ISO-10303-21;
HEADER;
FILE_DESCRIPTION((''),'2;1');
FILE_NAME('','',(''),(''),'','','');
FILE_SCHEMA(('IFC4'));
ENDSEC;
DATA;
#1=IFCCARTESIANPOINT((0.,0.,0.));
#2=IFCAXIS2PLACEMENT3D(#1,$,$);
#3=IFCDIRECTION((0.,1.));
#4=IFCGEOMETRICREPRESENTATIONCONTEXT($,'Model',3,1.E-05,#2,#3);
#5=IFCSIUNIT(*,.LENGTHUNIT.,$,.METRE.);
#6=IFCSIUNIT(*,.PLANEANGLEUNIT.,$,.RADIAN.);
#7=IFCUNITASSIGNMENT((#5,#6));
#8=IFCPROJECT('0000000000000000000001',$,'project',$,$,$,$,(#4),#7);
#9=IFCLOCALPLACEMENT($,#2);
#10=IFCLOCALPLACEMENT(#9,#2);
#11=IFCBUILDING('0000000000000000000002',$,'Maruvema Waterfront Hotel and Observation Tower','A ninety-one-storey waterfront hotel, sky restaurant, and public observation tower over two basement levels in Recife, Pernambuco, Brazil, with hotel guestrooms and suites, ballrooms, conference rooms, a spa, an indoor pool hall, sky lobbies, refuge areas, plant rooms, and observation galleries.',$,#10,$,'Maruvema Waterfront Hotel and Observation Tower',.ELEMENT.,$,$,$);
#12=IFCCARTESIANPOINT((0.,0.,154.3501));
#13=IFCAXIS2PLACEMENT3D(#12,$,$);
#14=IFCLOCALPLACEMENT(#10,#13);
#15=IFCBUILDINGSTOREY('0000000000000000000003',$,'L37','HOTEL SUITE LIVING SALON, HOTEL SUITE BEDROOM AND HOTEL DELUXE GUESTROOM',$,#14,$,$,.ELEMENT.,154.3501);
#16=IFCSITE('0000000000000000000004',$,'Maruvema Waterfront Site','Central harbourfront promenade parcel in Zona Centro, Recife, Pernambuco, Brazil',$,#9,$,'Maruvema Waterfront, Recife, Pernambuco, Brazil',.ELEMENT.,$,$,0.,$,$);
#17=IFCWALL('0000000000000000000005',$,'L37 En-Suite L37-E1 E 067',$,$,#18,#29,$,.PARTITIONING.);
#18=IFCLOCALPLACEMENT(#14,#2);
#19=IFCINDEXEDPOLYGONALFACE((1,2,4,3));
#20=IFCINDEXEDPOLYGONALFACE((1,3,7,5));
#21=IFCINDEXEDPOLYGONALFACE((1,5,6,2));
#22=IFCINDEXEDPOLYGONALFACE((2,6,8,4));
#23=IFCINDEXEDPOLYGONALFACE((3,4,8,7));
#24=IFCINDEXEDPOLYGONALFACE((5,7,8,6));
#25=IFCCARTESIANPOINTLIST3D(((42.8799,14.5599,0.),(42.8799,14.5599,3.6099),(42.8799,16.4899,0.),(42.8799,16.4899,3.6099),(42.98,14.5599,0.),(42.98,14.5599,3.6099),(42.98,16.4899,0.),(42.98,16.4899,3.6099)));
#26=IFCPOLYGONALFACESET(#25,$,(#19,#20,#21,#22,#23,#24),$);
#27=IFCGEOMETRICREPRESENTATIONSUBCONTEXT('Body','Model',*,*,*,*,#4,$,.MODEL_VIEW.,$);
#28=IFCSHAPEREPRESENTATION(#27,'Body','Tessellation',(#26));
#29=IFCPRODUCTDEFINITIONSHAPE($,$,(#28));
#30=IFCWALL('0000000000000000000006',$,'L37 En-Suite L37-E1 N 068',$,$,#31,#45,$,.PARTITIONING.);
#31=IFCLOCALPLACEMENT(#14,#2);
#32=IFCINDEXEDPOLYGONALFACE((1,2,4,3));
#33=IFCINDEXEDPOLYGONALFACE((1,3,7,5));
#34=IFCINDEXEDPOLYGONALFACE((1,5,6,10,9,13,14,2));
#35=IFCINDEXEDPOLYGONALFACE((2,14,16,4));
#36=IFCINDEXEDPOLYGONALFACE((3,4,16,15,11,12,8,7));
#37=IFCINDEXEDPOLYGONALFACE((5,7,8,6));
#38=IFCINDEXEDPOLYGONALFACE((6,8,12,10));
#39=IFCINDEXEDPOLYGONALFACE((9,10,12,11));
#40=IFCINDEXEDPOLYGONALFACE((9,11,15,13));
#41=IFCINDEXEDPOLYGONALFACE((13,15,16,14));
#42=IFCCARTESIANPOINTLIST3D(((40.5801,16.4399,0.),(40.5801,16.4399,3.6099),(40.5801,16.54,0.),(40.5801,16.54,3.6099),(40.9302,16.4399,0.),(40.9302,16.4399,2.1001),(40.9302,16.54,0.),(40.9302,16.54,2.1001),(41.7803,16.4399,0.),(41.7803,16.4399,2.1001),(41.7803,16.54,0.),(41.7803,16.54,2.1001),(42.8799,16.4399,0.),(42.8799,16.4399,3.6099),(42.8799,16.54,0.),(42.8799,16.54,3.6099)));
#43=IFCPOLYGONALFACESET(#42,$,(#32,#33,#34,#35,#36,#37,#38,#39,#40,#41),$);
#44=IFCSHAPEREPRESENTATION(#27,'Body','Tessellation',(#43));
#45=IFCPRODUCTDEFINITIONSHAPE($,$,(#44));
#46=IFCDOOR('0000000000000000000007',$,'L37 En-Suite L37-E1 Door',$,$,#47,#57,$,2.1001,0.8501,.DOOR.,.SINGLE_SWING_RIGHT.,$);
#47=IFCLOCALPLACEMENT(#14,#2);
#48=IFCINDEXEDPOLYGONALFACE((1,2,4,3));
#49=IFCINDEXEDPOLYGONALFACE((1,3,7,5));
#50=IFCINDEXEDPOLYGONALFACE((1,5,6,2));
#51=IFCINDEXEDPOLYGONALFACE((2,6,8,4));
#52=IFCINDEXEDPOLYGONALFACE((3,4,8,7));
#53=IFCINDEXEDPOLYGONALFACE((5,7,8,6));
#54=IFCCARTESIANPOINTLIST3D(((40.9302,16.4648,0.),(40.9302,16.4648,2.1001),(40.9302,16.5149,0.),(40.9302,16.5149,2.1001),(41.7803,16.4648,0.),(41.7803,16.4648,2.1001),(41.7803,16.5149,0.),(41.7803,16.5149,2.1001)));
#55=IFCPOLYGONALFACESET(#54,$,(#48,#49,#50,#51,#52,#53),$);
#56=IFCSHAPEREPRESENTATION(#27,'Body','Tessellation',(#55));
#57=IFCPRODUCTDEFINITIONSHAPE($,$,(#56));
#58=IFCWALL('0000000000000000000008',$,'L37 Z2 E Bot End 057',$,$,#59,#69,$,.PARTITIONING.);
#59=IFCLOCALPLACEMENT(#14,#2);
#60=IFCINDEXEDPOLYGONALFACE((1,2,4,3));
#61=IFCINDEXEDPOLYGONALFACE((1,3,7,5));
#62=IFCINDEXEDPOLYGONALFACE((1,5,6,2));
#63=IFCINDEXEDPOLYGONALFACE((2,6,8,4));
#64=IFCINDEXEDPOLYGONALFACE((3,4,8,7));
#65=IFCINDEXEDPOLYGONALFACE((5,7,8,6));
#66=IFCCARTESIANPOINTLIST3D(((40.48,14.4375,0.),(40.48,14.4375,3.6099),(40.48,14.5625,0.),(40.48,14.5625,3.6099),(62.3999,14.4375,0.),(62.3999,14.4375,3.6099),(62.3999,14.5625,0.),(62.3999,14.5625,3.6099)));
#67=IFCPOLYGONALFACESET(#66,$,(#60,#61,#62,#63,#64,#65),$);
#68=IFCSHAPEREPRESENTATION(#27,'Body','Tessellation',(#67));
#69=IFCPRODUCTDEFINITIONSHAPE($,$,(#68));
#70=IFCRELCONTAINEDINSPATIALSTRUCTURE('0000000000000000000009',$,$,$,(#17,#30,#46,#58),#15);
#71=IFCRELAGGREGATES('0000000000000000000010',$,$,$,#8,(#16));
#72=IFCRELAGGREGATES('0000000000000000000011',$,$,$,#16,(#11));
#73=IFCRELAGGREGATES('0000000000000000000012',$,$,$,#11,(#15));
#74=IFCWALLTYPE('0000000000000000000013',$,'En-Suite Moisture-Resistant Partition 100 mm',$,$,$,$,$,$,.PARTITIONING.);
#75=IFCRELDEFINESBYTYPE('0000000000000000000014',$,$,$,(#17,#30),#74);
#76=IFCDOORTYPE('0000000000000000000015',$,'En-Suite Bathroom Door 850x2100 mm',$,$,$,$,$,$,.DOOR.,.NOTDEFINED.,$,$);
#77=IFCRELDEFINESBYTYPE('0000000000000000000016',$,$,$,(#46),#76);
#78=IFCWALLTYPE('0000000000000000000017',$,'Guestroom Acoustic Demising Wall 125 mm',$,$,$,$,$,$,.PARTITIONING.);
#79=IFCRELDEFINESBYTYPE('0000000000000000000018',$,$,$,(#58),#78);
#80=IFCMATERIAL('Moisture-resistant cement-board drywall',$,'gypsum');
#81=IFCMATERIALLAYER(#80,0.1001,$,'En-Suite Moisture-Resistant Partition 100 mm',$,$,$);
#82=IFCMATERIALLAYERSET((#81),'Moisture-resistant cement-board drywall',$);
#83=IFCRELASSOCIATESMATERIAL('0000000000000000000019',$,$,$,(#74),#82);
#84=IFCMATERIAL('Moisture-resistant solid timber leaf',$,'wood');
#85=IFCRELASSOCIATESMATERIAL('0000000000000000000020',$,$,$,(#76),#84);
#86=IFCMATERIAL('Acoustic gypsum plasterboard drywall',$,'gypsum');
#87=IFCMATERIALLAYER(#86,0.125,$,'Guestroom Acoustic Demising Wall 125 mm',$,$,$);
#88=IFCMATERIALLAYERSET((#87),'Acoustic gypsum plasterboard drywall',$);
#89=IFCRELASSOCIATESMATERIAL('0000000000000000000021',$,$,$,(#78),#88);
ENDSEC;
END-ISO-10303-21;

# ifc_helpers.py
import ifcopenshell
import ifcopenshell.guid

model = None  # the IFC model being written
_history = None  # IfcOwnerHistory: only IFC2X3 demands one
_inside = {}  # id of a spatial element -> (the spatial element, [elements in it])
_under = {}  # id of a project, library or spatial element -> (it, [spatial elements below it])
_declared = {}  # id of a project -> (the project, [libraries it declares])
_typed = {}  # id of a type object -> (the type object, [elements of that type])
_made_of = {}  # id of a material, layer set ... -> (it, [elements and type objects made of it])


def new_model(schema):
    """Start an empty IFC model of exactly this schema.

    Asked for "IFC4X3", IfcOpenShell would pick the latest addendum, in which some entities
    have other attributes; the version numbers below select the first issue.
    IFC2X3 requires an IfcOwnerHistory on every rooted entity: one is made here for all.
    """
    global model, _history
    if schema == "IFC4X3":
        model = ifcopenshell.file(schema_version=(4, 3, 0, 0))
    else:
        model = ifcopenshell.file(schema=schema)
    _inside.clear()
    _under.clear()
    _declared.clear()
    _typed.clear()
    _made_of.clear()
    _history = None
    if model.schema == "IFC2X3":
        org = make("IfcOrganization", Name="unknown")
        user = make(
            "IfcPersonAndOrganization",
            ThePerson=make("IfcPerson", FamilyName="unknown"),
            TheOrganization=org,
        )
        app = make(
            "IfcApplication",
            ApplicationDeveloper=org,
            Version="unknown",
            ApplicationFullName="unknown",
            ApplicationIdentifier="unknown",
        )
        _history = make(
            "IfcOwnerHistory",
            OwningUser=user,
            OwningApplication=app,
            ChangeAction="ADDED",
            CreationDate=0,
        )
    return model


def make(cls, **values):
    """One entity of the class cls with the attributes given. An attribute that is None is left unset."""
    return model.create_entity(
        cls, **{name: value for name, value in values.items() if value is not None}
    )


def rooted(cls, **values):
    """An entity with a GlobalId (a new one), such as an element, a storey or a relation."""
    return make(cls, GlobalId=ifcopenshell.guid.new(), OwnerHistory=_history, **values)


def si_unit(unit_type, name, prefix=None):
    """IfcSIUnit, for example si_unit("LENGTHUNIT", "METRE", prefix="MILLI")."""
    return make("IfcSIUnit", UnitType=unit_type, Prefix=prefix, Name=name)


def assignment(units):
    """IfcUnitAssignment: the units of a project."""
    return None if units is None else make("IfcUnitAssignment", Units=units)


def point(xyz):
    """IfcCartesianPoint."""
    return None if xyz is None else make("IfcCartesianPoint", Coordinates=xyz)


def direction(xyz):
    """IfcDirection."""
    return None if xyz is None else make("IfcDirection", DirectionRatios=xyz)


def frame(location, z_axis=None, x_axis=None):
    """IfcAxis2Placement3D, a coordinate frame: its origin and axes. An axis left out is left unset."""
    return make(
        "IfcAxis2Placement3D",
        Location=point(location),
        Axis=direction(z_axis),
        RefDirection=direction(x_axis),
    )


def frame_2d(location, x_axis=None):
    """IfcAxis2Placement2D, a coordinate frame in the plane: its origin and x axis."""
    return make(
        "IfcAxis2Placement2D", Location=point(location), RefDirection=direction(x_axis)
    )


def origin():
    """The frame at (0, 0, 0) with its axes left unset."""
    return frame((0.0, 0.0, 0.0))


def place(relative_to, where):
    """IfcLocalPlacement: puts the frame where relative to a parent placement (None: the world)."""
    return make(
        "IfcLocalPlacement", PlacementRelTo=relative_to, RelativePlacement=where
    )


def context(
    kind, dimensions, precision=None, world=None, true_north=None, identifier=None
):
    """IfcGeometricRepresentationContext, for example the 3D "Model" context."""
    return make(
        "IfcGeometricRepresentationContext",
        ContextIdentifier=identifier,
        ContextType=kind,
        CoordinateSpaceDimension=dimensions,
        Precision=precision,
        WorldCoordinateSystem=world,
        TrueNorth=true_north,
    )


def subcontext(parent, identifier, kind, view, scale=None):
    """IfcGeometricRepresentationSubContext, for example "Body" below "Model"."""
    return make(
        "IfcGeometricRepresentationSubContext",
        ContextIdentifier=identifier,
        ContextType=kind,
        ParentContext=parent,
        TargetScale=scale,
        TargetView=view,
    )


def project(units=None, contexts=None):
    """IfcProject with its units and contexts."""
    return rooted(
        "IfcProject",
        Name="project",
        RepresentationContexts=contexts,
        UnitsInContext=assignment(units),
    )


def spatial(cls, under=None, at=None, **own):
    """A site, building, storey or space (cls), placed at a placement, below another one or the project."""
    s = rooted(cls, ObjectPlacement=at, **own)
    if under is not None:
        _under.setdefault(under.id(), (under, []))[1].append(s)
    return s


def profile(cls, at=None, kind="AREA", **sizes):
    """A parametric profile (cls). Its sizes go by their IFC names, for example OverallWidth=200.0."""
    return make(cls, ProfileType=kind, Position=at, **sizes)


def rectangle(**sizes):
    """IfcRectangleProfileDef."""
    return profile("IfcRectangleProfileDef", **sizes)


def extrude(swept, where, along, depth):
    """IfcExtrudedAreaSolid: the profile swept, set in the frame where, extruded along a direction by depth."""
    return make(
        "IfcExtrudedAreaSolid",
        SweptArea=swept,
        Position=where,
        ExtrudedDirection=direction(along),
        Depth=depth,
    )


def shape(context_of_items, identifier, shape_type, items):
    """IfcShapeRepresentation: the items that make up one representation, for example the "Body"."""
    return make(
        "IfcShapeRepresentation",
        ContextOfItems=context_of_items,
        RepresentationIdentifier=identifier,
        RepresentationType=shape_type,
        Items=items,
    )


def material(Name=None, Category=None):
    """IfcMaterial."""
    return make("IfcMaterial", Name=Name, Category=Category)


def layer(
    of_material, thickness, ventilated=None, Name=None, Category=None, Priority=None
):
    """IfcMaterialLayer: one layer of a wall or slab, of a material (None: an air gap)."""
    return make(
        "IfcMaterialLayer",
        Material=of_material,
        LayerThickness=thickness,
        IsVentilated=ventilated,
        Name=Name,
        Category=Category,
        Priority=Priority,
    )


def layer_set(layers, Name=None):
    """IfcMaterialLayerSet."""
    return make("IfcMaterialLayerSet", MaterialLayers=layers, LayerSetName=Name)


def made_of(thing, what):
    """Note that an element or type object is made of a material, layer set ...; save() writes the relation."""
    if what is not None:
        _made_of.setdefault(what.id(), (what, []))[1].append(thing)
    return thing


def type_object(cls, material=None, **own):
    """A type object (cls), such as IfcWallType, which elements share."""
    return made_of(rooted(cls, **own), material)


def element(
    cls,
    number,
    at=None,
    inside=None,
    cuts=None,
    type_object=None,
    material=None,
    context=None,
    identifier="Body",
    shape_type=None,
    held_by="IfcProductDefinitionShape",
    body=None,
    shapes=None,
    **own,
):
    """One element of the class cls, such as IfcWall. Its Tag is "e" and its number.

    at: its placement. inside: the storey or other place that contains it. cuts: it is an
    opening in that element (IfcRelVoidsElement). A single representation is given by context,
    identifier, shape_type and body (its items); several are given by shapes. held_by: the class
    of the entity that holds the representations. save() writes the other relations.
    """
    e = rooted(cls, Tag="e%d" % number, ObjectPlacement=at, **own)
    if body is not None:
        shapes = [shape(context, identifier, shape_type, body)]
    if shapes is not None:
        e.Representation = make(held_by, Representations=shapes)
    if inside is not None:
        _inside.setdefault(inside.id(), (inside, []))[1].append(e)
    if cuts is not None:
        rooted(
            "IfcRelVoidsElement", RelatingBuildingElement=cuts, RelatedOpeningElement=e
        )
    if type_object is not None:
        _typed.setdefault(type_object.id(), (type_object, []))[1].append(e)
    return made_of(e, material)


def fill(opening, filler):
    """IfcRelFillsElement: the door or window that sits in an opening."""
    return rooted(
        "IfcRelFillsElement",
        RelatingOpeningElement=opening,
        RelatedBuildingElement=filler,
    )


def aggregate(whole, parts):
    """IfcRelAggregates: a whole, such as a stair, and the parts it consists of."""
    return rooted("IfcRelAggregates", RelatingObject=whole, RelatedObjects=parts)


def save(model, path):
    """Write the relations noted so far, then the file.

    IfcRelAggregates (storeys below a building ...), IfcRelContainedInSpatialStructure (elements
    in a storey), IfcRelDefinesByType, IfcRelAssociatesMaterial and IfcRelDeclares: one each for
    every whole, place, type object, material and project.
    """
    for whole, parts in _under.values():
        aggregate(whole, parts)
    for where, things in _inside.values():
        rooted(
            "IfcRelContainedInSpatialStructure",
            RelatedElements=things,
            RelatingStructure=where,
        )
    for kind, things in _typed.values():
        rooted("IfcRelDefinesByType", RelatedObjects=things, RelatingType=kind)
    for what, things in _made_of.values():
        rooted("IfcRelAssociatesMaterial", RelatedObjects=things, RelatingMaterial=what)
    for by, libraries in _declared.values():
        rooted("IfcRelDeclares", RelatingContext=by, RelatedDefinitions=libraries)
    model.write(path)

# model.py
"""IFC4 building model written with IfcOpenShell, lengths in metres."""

from ifc_helpers import new_model, si_unit, direction, frame, frame_2d, origin, place, context, subcontext, project, spatial, rectangle, extrude, material, layer, layer_set, type_object, element, fill, save


model = new_model("IFC4")

# Units and contexts
model_context = context("Model", 3, precision=1e-05, world=origin(), true_north=direction((0.0, 1.0)))
body_context = subcontext(model_context, "Body", "Model", "MODEL_VIEW")
ifc_project = project(units=[si_unit("LENGTHUNIT", "METRE"), si_unit("PLANEANGLEUNIT", "RADIAN")], contexts=[model_context])

# Site, building, storey
site_placement = place(None, origin())
site = spatial("IfcSite", under=ifc_project, at=site_placement, Name="Maruvema Waterfront Site", Description="Central harbourfront promenade parcel in Zona Centro, Recife, Pernambuco, Brazil", LongName="Maruvema Waterfront, Recife, Pernambuco, Brazil", CompositionType="ELEMENT", RefElevation=0.0)
building_placement = place(site_placement, origin())
building = spatial("IfcBuilding", under=site, at=building_placement, Name="Maruvema Waterfront Hotel and Observation Tower", Description="A ninety-one-storey waterfront hotel, sky restaurant, and public observation tower over two basement levels in Recife, Pernambuco, Brazil, with hotel guestrooms and suites, ballrooms, conference rooms, a spa, an indoor pool hall, sky lobbies, refuge areas, plant rooms, and observation galleries.", LongName="Maruvema Waterfront Hotel and Observation Tower", CompositionType="ELEMENT")
storey_placement = place(building_placement, frame((0.0, 0.0, 154.3501)))
storey = spatial("IfcBuildingStorey", under=building, at=storey_placement, Name="L37", Description="HOTEL SUITE LIVING SALON, HOTEL SUITE BEDROOM AND HOTEL DELUXE GUESTROOM", CompositionType="ELEMENT", Elevation=154.3501)

# Shared definitions
ifc_material_1 = material(Name="Moisture-resistant cement-board drywall", Category="gypsum")
ifc_layer_1 = layer(ifc_material_1, 0.1001, Name="En-Suite Moisture-Resistant Partition 100 mm")
ifc_layer_set_1 = layer_set([ifc_layer_1], Name="Moisture-resistant cement-board drywall")
wall_type_1 = type_object("IfcWallType", Name="En-Suite Moisture-Resistant Partition 100 mm", PredefinedType="PARTITIONING", material=ifc_layer_set_1)
ifc_material_2 = material(Name="Moisture-resistant solid timber leaf", Category="wood")
door_type_1 = type_object("IfcDoorType", Name="En-Suite Bathroom Door 850x2100 mm", OperationType="NOTDEFINED", PredefinedType="DOOR", material=ifc_material_2)

# Wall
wall_1_placement = place(storey_placement, frame((42.9299, 14.5601, 0.0), z_axis=(0.0, 0.0, 1.0), x_axis=(0.0, 1.0, 0.0)))
element("IfcWall", 1, at=wall_1_placement, inside=storey, type_object=wall_type_1, Name="L37 En-Suite L37-E1 E 067", PredefinedType="PARTITIONING", context=body_context, shape_type="SweptSolid", body=[
    extrude(rectangle(XDim=1.9299, YDim=0.1001, at=frame_2d((0.9648, 0.0))), origin(), (0.0, 0.0, 1.0), 3.6099),
])

# Wall, opening, door
wall_2_placement = place(storey_placement, frame((40.5801, 16.49, 0.0), z_axis=(0.0, 0.0, 1.0), x_axis=(1.0, 0.0, 0.0)))
wall_2 = element("IfcWall", 2, at=wall_2_placement, inside=storey, type_object=wall_type_1, Name="L37 En-Suite L37-E1 N 068", PredefinedType="PARTITIONING", context=body_context, shape_type="SweptSolid", body=[
    extrude(rectangle(XDim=2.2998, YDim=0.1001, at=frame_2d((1.1499, 0.0))), origin(), (0.0, 0.0, 1.0), 3.6099),
])
opening_1_placement = place(wall_2_placement, frame((0.3501, 0.0, 0.0)))
opening_1 = element("IfcOpeningElement", 3, at=opening_1_placement, cuts=wall_2, PredefinedType="OPENING", context=body_context, shape_type="SweptSolid", body=[
    extrude(rectangle(XDim=0.8501, YDim=2.1001, at=frame_2d((0.425, 1.05))), frame((0.0, 0.0601, 0.0), z_axis=(0.0, -1.0, 0.0), x_axis=(1.0, 0.0, 0.0)), (0.0, 0.0, 1.0), 0.1201),
])
door_1_placement = place(opening_1_placement, origin())
door_1 = element("IfcDoor", 4, at=door_1_placement, inside=storey, type_object=door_type_1, Name="L37 En-Suite L37-E1 Door", OperationType="SINGLE_SWING_RIGHT", OverallHeight=2.1001, OverallWidth=0.8501, PredefinedType="DOOR", context=body_context, shape_type="SweptSolid", body=[
    extrude(rectangle(XDim=0.8501, YDim=2.1001, at=frame_2d((0.425, 1.05))), frame((0.0, 0.0249, 0.0), z_axis=(0.0, -1.0, 0.0), x_axis=(1.0, 0.0, 0.0)), (0.0, 0.0, 1.0), 0.05),
])
fill(opening_1, door_1)

# Wall
ifc_material_3 = material(Name="Acoustic gypsum plasterboard drywall", Category="gypsum")
ifc_layer_2 = layer(ifc_material_3, 0.125, Name="Guestroom Acoustic Demising Wall 125 mm")
ifc_layer_set_2 = layer_set([ifc_layer_2], Name="Acoustic gypsum plasterboard drywall")
wall_type_2 = type_object("IfcWallType", Name="Guestroom Acoustic Demising Wall 125 mm", PredefinedType="PARTITIONING", material=ifc_layer_set_2)
wall_3_placement = place(storey_placement, frame((40.48, 14.5, 0.0), z_axis=(0.0, 0.0, 1.0), x_axis=(1.0, 0.0, 0.0)))
element("IfcWall", 5, at=wall_3_placement, inside=storey, type_object=wall_type_2, Name="L37 Z2 E Bot End 057", PredefinedType="PARTITIONING", context=body_context, shape_type="SweptSolid", body=[
    extrude(rectangle(XDim=21.9199, YDim=0.125, at=frame_2d((10.96, 0.0))), origin(), (0.0, 0.0, 1.0), 3.6099),
])

save(model, "model.ifc")
